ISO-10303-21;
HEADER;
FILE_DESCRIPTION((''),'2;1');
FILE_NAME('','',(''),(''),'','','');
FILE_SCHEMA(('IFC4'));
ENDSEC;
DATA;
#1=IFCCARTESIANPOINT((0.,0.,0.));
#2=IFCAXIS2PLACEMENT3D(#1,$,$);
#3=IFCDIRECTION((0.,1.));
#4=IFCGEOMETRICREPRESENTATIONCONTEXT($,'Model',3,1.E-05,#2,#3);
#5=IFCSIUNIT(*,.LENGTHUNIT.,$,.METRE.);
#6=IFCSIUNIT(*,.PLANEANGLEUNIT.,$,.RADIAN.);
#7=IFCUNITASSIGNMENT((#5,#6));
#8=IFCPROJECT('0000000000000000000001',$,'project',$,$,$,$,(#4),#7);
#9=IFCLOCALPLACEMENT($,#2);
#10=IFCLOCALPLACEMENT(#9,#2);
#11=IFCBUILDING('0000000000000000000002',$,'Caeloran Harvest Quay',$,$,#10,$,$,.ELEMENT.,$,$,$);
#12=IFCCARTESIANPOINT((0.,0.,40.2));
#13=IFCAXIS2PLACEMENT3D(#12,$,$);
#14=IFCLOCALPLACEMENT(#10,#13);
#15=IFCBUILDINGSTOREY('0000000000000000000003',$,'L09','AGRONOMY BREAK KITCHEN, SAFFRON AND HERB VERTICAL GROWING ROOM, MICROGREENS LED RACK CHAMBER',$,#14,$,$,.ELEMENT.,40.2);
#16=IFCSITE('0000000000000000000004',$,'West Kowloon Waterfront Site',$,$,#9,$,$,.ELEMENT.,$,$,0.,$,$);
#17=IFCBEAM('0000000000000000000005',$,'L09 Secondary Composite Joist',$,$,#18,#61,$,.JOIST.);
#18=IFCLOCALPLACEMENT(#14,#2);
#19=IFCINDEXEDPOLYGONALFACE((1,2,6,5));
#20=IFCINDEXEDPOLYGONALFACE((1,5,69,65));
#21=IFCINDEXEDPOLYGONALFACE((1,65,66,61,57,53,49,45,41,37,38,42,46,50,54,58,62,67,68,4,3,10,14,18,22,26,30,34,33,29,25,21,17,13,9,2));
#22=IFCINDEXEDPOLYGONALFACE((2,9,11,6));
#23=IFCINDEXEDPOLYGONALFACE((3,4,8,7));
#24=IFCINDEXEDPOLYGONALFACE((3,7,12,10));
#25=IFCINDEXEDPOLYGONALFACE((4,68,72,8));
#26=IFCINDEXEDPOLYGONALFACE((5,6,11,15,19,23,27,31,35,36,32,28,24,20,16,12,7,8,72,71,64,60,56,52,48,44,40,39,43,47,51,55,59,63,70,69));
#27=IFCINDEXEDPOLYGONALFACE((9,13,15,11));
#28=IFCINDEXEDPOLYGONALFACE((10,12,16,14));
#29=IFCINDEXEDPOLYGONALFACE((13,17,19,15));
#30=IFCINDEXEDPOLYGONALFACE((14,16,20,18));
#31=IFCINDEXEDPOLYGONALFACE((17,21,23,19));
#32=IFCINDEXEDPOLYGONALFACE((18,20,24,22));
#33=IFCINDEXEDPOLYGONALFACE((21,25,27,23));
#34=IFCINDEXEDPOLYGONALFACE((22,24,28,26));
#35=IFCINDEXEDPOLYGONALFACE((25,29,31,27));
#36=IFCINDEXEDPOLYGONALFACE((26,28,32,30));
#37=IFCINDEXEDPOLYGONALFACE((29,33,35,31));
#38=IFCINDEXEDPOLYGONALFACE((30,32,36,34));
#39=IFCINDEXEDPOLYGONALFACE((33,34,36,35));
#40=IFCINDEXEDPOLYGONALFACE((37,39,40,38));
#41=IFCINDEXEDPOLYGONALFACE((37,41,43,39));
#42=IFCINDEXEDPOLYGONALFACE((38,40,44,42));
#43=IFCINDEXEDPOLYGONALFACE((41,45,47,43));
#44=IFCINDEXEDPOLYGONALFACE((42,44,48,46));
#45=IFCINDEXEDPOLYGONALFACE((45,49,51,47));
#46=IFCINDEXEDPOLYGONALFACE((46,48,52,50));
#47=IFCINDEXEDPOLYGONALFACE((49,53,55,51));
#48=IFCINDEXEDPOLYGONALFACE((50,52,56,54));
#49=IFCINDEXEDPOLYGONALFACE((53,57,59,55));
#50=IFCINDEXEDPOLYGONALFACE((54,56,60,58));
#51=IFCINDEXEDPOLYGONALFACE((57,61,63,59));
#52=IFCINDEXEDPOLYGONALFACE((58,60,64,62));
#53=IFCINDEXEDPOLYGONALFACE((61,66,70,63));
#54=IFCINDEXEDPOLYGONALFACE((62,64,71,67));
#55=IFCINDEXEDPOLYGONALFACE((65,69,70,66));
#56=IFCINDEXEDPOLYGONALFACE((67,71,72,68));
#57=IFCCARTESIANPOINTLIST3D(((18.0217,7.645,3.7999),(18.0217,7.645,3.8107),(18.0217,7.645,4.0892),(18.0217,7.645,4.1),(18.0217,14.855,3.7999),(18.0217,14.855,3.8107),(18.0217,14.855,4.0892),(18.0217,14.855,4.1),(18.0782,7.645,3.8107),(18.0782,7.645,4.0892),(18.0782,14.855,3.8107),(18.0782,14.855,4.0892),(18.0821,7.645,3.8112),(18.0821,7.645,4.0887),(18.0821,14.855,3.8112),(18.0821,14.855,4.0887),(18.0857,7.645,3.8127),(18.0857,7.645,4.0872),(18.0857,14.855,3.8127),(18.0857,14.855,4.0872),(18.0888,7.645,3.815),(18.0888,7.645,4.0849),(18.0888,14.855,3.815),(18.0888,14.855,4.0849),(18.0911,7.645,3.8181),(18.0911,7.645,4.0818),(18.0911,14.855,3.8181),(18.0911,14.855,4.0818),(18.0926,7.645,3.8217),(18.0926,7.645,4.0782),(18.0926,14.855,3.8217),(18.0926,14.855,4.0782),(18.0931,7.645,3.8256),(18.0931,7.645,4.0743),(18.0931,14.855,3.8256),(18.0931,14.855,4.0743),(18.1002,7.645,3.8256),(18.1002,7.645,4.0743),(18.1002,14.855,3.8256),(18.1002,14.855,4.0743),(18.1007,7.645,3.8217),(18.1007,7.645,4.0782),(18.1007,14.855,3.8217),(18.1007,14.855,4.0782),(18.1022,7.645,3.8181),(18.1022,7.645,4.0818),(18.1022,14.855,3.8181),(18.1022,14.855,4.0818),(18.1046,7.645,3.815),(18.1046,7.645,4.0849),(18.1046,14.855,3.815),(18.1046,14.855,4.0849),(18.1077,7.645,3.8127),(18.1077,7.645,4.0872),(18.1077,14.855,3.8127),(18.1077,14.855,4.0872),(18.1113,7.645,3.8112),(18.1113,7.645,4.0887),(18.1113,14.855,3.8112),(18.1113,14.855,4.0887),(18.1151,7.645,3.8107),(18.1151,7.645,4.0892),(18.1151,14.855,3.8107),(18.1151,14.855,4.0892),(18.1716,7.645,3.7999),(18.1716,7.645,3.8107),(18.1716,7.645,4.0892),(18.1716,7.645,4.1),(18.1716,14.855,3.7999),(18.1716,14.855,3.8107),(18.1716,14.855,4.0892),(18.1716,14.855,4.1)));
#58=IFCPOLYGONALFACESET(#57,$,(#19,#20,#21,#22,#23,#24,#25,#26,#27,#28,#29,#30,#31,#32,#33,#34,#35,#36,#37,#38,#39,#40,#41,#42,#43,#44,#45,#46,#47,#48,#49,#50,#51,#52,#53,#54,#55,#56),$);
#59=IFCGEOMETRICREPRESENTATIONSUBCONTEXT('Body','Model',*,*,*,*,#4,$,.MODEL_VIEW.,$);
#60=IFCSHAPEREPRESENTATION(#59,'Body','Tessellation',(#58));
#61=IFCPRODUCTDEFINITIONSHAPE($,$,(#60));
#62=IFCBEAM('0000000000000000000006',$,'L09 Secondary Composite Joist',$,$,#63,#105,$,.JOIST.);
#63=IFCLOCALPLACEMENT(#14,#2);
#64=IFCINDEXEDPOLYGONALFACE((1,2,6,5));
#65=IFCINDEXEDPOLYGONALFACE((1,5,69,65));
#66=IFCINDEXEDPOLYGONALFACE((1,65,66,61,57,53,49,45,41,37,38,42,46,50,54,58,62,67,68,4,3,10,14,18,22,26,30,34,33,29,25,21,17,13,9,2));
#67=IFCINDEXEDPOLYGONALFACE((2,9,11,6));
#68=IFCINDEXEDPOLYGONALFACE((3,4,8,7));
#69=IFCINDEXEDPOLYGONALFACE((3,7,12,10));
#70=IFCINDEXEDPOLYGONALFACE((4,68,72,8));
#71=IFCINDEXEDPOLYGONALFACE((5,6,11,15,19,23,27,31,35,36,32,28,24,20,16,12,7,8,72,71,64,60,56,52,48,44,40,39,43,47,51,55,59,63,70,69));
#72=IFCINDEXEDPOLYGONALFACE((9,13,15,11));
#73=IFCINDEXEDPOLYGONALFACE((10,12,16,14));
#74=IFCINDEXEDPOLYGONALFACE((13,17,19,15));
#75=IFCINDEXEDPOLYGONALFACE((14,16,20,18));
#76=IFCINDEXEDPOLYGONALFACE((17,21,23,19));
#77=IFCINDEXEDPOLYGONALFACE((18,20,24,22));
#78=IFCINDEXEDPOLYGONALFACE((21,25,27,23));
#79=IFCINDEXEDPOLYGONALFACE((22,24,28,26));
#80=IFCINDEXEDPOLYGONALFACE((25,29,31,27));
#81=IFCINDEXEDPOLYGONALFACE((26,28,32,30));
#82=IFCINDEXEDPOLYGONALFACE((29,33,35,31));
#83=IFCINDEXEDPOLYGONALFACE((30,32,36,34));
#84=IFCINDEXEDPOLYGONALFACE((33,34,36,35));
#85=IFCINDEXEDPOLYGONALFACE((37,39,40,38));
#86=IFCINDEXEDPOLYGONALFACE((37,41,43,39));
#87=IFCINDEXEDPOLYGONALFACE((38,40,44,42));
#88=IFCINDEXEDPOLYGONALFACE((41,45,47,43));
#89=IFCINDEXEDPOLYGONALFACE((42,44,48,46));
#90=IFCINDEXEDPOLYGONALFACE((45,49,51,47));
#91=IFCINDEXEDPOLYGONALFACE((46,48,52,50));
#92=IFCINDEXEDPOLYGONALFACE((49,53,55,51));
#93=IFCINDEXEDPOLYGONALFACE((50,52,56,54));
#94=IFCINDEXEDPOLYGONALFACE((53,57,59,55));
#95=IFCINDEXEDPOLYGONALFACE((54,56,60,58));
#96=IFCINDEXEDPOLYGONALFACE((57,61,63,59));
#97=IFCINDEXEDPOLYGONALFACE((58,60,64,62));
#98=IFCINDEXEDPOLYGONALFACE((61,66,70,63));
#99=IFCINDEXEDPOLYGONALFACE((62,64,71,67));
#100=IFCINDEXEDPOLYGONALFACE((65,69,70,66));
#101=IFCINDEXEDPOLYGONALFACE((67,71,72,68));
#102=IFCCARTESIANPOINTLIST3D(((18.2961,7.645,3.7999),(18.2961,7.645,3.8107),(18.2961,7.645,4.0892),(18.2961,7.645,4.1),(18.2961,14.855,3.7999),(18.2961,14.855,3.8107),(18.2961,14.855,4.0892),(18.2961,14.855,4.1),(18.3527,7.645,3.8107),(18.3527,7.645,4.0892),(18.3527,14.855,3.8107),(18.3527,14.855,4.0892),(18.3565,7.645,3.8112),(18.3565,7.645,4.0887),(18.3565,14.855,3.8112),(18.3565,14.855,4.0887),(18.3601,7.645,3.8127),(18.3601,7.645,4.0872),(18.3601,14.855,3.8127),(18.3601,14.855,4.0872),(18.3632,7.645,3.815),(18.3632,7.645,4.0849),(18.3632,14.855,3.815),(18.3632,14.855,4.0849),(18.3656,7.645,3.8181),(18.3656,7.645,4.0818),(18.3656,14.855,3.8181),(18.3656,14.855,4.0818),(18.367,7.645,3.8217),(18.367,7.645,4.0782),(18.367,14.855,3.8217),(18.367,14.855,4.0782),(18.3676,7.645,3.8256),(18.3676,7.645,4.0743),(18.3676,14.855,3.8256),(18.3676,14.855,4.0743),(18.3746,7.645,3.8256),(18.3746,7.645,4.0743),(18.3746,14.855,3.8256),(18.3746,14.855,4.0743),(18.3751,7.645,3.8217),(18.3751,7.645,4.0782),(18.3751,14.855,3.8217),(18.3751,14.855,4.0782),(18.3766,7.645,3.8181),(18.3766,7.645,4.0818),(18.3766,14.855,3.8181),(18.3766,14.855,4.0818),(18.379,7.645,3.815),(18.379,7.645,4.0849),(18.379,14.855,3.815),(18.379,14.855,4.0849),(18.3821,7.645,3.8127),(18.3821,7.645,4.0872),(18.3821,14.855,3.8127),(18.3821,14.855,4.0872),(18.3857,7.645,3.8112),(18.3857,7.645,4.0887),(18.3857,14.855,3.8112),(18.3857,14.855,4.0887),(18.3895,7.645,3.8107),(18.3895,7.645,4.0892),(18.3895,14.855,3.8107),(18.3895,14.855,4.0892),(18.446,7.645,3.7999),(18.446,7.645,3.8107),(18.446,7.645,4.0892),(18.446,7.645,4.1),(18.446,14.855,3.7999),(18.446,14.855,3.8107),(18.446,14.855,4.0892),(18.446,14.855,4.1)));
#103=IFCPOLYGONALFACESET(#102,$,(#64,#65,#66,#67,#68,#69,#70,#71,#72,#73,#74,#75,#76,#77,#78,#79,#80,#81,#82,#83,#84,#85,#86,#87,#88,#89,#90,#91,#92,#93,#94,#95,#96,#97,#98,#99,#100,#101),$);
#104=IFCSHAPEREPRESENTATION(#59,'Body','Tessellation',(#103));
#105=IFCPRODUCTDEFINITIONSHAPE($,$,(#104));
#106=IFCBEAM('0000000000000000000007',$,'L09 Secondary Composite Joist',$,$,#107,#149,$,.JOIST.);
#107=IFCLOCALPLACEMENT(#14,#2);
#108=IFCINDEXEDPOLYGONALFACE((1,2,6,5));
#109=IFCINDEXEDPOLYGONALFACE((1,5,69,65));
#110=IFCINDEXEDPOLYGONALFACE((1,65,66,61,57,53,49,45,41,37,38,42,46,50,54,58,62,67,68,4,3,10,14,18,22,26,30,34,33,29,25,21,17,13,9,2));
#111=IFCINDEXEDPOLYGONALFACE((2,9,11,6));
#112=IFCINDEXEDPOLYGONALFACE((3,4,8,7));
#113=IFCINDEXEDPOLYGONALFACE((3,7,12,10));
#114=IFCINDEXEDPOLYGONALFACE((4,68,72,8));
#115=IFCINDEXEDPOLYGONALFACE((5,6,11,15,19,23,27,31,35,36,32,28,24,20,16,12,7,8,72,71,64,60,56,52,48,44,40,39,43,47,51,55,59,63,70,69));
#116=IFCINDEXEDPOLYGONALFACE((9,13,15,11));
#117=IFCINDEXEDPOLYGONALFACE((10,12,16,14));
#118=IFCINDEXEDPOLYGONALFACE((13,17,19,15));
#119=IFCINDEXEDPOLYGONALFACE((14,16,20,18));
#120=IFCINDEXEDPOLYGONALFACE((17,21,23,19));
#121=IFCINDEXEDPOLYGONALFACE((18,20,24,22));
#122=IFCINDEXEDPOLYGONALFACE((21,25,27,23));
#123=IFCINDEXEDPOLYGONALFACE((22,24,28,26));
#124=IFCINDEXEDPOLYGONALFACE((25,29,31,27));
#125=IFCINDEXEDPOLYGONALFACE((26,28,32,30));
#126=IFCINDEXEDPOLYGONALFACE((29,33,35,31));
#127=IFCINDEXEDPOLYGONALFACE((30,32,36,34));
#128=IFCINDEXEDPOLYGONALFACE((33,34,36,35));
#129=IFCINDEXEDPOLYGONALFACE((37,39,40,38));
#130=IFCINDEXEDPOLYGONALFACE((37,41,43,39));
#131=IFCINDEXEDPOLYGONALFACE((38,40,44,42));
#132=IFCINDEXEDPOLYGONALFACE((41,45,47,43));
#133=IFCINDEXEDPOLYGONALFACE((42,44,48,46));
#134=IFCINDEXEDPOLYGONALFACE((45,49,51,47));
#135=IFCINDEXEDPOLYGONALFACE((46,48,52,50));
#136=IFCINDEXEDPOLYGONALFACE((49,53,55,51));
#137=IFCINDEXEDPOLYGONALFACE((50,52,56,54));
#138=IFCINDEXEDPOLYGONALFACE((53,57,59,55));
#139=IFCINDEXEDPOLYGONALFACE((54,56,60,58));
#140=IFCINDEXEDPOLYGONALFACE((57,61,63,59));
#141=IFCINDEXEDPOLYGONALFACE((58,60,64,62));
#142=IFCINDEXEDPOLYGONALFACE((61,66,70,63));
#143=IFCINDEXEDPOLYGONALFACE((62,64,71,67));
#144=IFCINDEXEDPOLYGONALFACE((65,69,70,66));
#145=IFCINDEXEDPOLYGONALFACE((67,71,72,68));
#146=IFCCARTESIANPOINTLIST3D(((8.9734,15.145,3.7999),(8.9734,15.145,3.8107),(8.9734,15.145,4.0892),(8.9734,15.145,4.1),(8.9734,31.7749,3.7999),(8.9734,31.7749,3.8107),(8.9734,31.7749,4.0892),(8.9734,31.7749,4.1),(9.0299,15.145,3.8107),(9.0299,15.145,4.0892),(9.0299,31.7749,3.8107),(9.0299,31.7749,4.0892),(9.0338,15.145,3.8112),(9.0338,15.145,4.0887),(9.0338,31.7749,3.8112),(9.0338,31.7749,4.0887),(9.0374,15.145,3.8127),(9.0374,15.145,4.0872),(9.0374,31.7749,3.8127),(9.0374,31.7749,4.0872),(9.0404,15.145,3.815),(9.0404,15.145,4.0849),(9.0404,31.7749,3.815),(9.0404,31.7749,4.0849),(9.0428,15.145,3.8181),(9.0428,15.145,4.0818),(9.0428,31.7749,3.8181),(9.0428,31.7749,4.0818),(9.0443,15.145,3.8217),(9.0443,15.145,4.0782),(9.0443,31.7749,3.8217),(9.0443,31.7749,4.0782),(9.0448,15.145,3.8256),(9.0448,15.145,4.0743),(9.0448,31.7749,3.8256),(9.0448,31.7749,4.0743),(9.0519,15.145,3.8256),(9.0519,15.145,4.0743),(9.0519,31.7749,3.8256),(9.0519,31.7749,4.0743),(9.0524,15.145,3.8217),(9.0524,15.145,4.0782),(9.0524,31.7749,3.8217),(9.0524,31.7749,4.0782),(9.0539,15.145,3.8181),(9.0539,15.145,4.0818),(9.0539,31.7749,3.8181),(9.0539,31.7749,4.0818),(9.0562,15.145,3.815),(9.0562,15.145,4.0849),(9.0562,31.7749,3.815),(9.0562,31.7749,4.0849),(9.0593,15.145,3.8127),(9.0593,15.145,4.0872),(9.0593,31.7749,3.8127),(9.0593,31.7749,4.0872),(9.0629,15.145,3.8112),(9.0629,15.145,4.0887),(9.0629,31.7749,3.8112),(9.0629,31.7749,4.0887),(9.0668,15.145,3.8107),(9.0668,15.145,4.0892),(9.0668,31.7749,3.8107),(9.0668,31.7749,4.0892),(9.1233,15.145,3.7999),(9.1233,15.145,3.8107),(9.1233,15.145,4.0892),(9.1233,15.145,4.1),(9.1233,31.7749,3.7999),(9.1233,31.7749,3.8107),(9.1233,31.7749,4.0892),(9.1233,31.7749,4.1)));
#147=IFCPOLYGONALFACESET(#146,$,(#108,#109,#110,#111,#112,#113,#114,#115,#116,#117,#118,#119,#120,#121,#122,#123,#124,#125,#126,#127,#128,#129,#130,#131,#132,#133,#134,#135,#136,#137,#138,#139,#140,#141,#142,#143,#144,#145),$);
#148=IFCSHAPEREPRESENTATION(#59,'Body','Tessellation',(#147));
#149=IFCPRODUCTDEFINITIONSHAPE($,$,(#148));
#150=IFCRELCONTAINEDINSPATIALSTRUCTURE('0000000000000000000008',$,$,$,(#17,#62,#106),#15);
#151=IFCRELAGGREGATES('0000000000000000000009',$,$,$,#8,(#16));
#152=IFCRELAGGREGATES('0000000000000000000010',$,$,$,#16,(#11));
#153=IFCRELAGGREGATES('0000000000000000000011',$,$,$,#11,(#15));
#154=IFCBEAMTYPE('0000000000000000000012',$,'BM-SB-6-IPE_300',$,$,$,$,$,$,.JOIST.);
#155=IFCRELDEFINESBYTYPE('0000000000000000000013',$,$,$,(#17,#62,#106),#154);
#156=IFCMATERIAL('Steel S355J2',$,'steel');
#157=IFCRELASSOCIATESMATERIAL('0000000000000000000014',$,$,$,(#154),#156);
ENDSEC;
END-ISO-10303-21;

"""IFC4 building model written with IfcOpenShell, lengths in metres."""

from ifc_helpers import new_model, si_unit, direction, frame, origin, origin_2d, place, context, subcontext, project, spatial, i_section, extrude, material, material_profile, profile_set, type_object, element, save


model = new_model("IFC4")

# Units and contexts
model_context = context("Model", 3, precision=1e-05, world=origin(), true_north=direction((0.0, 1.0)))
body_context = subcontext(model_context, "Body", "Model", "MODEL_VIEW")
ifc_project = project(units=[si_unit("LENGTHUNIT", "METRE"), si_unit("PLANEANGLEUNIT", "RADIAN")], contexts=[model_context])

# Site, building, storey
site_placement = place(None, origin())
site = spatial("IfcSite", under=ifc_project, at=site_placement, Name="West Kowloon Waterfront Site", CompositionType="ELEMENT", RefElevation=0.0)
building_placement = place(site_placement, origin())
building = spatial("IfcBuilding", under=site, at=building_placement, Name="Caeloran Harvest Quay", CompositionType="ELEMENT")
storey_placement = place(building_placement, frame((0.0, 0.0, 40.2)))
storey = spatial("IfcBuildingStorey", under=building, at=storey_placement, Name="L09", Description="AGRONOMY BREAK KITCHEN, SAFFRON AND HERB VERTICAL GROWING ROOM, MICROGREENS LED RACK CHAMBER", CompositionType="ELEMENT", Elevation=40.2)

# Beams
ifc_material_1 = material(Name="Steel S355J2", Category="steel")
ifc_material_profile_1 = material_profile(ifc_material_1, i_section(OverallWidth=0.1499, OverallDepth=0.3, WebThickness=0.0071, FlangeThickness=0.0107, FilletRadius=0.0149, at=origin_2d()), Name="IPE 300")
ifc_profile_set_1 = profile_set([ifc_material_profile_1], Name="Steel S355J2")
beam_type_1 = type_object("IfcBeamType", Name="BM-SB-6-IPE_300", PredefinedType="JOIST", material=ifc_profile_set_1)
for number, where, z_axis, x_axis, name in (
    (1, (18.0967, 7.645, 3.95), (0.0, 1.0, 0.0), (-1.0, 0.0, 0.0), "L09 Secondary Composite Joist"),
    (2, (18.3711, 7.645, 3.95), (0.0, 1.0, 0.0), (-1.0, 0.0, 0.0), "L09 Secondary Composite Joist"),
):
    element("IfcBeam", number, at=place(storey_placement, frame(where, z_axis=z_axis, x_axis=x_axis)), inside=storey, type_object=beam_type_1, Name=name, PredefinedType="JOIST", context=body_context, shape_type="SweptSolid", body=[
        extrude(i_section(OverallWidth=0.1499, OverallDepth=0.3, WebThickness=0.0071, FlangeThickness=0.0107, FilletRadius=0.0149, at=origin_2d()), origin(), (0.0, 0.0, 1.0), 7.21),
    ])
beam_1_placement = place(storey_placement, frame((9.0483, 15.145, 3.95), z_axis=(0.0, 1.0, 0.0), x_axis=(-1.0, 0.0, 0.0)))
element("IfcBeam", 3, at=beam_1_placement, inside=storey, type_object=beam_type_1, Name="L09 Secondary Composite Joist", PredefinedType="JOIST", context=body_context, shape_type="SweptSolid", body=[
    extrude(i_section(OverallWidth=0.1499, OverallDepth=0.3, WebThickness=0.0071, FlangeThickness=0.0107, FilletRadius=0.0149, at=origin_2d()), origin(), (0.0, 0.0, 1.0), 16.6299),
])

save(model, "model.ifc")
